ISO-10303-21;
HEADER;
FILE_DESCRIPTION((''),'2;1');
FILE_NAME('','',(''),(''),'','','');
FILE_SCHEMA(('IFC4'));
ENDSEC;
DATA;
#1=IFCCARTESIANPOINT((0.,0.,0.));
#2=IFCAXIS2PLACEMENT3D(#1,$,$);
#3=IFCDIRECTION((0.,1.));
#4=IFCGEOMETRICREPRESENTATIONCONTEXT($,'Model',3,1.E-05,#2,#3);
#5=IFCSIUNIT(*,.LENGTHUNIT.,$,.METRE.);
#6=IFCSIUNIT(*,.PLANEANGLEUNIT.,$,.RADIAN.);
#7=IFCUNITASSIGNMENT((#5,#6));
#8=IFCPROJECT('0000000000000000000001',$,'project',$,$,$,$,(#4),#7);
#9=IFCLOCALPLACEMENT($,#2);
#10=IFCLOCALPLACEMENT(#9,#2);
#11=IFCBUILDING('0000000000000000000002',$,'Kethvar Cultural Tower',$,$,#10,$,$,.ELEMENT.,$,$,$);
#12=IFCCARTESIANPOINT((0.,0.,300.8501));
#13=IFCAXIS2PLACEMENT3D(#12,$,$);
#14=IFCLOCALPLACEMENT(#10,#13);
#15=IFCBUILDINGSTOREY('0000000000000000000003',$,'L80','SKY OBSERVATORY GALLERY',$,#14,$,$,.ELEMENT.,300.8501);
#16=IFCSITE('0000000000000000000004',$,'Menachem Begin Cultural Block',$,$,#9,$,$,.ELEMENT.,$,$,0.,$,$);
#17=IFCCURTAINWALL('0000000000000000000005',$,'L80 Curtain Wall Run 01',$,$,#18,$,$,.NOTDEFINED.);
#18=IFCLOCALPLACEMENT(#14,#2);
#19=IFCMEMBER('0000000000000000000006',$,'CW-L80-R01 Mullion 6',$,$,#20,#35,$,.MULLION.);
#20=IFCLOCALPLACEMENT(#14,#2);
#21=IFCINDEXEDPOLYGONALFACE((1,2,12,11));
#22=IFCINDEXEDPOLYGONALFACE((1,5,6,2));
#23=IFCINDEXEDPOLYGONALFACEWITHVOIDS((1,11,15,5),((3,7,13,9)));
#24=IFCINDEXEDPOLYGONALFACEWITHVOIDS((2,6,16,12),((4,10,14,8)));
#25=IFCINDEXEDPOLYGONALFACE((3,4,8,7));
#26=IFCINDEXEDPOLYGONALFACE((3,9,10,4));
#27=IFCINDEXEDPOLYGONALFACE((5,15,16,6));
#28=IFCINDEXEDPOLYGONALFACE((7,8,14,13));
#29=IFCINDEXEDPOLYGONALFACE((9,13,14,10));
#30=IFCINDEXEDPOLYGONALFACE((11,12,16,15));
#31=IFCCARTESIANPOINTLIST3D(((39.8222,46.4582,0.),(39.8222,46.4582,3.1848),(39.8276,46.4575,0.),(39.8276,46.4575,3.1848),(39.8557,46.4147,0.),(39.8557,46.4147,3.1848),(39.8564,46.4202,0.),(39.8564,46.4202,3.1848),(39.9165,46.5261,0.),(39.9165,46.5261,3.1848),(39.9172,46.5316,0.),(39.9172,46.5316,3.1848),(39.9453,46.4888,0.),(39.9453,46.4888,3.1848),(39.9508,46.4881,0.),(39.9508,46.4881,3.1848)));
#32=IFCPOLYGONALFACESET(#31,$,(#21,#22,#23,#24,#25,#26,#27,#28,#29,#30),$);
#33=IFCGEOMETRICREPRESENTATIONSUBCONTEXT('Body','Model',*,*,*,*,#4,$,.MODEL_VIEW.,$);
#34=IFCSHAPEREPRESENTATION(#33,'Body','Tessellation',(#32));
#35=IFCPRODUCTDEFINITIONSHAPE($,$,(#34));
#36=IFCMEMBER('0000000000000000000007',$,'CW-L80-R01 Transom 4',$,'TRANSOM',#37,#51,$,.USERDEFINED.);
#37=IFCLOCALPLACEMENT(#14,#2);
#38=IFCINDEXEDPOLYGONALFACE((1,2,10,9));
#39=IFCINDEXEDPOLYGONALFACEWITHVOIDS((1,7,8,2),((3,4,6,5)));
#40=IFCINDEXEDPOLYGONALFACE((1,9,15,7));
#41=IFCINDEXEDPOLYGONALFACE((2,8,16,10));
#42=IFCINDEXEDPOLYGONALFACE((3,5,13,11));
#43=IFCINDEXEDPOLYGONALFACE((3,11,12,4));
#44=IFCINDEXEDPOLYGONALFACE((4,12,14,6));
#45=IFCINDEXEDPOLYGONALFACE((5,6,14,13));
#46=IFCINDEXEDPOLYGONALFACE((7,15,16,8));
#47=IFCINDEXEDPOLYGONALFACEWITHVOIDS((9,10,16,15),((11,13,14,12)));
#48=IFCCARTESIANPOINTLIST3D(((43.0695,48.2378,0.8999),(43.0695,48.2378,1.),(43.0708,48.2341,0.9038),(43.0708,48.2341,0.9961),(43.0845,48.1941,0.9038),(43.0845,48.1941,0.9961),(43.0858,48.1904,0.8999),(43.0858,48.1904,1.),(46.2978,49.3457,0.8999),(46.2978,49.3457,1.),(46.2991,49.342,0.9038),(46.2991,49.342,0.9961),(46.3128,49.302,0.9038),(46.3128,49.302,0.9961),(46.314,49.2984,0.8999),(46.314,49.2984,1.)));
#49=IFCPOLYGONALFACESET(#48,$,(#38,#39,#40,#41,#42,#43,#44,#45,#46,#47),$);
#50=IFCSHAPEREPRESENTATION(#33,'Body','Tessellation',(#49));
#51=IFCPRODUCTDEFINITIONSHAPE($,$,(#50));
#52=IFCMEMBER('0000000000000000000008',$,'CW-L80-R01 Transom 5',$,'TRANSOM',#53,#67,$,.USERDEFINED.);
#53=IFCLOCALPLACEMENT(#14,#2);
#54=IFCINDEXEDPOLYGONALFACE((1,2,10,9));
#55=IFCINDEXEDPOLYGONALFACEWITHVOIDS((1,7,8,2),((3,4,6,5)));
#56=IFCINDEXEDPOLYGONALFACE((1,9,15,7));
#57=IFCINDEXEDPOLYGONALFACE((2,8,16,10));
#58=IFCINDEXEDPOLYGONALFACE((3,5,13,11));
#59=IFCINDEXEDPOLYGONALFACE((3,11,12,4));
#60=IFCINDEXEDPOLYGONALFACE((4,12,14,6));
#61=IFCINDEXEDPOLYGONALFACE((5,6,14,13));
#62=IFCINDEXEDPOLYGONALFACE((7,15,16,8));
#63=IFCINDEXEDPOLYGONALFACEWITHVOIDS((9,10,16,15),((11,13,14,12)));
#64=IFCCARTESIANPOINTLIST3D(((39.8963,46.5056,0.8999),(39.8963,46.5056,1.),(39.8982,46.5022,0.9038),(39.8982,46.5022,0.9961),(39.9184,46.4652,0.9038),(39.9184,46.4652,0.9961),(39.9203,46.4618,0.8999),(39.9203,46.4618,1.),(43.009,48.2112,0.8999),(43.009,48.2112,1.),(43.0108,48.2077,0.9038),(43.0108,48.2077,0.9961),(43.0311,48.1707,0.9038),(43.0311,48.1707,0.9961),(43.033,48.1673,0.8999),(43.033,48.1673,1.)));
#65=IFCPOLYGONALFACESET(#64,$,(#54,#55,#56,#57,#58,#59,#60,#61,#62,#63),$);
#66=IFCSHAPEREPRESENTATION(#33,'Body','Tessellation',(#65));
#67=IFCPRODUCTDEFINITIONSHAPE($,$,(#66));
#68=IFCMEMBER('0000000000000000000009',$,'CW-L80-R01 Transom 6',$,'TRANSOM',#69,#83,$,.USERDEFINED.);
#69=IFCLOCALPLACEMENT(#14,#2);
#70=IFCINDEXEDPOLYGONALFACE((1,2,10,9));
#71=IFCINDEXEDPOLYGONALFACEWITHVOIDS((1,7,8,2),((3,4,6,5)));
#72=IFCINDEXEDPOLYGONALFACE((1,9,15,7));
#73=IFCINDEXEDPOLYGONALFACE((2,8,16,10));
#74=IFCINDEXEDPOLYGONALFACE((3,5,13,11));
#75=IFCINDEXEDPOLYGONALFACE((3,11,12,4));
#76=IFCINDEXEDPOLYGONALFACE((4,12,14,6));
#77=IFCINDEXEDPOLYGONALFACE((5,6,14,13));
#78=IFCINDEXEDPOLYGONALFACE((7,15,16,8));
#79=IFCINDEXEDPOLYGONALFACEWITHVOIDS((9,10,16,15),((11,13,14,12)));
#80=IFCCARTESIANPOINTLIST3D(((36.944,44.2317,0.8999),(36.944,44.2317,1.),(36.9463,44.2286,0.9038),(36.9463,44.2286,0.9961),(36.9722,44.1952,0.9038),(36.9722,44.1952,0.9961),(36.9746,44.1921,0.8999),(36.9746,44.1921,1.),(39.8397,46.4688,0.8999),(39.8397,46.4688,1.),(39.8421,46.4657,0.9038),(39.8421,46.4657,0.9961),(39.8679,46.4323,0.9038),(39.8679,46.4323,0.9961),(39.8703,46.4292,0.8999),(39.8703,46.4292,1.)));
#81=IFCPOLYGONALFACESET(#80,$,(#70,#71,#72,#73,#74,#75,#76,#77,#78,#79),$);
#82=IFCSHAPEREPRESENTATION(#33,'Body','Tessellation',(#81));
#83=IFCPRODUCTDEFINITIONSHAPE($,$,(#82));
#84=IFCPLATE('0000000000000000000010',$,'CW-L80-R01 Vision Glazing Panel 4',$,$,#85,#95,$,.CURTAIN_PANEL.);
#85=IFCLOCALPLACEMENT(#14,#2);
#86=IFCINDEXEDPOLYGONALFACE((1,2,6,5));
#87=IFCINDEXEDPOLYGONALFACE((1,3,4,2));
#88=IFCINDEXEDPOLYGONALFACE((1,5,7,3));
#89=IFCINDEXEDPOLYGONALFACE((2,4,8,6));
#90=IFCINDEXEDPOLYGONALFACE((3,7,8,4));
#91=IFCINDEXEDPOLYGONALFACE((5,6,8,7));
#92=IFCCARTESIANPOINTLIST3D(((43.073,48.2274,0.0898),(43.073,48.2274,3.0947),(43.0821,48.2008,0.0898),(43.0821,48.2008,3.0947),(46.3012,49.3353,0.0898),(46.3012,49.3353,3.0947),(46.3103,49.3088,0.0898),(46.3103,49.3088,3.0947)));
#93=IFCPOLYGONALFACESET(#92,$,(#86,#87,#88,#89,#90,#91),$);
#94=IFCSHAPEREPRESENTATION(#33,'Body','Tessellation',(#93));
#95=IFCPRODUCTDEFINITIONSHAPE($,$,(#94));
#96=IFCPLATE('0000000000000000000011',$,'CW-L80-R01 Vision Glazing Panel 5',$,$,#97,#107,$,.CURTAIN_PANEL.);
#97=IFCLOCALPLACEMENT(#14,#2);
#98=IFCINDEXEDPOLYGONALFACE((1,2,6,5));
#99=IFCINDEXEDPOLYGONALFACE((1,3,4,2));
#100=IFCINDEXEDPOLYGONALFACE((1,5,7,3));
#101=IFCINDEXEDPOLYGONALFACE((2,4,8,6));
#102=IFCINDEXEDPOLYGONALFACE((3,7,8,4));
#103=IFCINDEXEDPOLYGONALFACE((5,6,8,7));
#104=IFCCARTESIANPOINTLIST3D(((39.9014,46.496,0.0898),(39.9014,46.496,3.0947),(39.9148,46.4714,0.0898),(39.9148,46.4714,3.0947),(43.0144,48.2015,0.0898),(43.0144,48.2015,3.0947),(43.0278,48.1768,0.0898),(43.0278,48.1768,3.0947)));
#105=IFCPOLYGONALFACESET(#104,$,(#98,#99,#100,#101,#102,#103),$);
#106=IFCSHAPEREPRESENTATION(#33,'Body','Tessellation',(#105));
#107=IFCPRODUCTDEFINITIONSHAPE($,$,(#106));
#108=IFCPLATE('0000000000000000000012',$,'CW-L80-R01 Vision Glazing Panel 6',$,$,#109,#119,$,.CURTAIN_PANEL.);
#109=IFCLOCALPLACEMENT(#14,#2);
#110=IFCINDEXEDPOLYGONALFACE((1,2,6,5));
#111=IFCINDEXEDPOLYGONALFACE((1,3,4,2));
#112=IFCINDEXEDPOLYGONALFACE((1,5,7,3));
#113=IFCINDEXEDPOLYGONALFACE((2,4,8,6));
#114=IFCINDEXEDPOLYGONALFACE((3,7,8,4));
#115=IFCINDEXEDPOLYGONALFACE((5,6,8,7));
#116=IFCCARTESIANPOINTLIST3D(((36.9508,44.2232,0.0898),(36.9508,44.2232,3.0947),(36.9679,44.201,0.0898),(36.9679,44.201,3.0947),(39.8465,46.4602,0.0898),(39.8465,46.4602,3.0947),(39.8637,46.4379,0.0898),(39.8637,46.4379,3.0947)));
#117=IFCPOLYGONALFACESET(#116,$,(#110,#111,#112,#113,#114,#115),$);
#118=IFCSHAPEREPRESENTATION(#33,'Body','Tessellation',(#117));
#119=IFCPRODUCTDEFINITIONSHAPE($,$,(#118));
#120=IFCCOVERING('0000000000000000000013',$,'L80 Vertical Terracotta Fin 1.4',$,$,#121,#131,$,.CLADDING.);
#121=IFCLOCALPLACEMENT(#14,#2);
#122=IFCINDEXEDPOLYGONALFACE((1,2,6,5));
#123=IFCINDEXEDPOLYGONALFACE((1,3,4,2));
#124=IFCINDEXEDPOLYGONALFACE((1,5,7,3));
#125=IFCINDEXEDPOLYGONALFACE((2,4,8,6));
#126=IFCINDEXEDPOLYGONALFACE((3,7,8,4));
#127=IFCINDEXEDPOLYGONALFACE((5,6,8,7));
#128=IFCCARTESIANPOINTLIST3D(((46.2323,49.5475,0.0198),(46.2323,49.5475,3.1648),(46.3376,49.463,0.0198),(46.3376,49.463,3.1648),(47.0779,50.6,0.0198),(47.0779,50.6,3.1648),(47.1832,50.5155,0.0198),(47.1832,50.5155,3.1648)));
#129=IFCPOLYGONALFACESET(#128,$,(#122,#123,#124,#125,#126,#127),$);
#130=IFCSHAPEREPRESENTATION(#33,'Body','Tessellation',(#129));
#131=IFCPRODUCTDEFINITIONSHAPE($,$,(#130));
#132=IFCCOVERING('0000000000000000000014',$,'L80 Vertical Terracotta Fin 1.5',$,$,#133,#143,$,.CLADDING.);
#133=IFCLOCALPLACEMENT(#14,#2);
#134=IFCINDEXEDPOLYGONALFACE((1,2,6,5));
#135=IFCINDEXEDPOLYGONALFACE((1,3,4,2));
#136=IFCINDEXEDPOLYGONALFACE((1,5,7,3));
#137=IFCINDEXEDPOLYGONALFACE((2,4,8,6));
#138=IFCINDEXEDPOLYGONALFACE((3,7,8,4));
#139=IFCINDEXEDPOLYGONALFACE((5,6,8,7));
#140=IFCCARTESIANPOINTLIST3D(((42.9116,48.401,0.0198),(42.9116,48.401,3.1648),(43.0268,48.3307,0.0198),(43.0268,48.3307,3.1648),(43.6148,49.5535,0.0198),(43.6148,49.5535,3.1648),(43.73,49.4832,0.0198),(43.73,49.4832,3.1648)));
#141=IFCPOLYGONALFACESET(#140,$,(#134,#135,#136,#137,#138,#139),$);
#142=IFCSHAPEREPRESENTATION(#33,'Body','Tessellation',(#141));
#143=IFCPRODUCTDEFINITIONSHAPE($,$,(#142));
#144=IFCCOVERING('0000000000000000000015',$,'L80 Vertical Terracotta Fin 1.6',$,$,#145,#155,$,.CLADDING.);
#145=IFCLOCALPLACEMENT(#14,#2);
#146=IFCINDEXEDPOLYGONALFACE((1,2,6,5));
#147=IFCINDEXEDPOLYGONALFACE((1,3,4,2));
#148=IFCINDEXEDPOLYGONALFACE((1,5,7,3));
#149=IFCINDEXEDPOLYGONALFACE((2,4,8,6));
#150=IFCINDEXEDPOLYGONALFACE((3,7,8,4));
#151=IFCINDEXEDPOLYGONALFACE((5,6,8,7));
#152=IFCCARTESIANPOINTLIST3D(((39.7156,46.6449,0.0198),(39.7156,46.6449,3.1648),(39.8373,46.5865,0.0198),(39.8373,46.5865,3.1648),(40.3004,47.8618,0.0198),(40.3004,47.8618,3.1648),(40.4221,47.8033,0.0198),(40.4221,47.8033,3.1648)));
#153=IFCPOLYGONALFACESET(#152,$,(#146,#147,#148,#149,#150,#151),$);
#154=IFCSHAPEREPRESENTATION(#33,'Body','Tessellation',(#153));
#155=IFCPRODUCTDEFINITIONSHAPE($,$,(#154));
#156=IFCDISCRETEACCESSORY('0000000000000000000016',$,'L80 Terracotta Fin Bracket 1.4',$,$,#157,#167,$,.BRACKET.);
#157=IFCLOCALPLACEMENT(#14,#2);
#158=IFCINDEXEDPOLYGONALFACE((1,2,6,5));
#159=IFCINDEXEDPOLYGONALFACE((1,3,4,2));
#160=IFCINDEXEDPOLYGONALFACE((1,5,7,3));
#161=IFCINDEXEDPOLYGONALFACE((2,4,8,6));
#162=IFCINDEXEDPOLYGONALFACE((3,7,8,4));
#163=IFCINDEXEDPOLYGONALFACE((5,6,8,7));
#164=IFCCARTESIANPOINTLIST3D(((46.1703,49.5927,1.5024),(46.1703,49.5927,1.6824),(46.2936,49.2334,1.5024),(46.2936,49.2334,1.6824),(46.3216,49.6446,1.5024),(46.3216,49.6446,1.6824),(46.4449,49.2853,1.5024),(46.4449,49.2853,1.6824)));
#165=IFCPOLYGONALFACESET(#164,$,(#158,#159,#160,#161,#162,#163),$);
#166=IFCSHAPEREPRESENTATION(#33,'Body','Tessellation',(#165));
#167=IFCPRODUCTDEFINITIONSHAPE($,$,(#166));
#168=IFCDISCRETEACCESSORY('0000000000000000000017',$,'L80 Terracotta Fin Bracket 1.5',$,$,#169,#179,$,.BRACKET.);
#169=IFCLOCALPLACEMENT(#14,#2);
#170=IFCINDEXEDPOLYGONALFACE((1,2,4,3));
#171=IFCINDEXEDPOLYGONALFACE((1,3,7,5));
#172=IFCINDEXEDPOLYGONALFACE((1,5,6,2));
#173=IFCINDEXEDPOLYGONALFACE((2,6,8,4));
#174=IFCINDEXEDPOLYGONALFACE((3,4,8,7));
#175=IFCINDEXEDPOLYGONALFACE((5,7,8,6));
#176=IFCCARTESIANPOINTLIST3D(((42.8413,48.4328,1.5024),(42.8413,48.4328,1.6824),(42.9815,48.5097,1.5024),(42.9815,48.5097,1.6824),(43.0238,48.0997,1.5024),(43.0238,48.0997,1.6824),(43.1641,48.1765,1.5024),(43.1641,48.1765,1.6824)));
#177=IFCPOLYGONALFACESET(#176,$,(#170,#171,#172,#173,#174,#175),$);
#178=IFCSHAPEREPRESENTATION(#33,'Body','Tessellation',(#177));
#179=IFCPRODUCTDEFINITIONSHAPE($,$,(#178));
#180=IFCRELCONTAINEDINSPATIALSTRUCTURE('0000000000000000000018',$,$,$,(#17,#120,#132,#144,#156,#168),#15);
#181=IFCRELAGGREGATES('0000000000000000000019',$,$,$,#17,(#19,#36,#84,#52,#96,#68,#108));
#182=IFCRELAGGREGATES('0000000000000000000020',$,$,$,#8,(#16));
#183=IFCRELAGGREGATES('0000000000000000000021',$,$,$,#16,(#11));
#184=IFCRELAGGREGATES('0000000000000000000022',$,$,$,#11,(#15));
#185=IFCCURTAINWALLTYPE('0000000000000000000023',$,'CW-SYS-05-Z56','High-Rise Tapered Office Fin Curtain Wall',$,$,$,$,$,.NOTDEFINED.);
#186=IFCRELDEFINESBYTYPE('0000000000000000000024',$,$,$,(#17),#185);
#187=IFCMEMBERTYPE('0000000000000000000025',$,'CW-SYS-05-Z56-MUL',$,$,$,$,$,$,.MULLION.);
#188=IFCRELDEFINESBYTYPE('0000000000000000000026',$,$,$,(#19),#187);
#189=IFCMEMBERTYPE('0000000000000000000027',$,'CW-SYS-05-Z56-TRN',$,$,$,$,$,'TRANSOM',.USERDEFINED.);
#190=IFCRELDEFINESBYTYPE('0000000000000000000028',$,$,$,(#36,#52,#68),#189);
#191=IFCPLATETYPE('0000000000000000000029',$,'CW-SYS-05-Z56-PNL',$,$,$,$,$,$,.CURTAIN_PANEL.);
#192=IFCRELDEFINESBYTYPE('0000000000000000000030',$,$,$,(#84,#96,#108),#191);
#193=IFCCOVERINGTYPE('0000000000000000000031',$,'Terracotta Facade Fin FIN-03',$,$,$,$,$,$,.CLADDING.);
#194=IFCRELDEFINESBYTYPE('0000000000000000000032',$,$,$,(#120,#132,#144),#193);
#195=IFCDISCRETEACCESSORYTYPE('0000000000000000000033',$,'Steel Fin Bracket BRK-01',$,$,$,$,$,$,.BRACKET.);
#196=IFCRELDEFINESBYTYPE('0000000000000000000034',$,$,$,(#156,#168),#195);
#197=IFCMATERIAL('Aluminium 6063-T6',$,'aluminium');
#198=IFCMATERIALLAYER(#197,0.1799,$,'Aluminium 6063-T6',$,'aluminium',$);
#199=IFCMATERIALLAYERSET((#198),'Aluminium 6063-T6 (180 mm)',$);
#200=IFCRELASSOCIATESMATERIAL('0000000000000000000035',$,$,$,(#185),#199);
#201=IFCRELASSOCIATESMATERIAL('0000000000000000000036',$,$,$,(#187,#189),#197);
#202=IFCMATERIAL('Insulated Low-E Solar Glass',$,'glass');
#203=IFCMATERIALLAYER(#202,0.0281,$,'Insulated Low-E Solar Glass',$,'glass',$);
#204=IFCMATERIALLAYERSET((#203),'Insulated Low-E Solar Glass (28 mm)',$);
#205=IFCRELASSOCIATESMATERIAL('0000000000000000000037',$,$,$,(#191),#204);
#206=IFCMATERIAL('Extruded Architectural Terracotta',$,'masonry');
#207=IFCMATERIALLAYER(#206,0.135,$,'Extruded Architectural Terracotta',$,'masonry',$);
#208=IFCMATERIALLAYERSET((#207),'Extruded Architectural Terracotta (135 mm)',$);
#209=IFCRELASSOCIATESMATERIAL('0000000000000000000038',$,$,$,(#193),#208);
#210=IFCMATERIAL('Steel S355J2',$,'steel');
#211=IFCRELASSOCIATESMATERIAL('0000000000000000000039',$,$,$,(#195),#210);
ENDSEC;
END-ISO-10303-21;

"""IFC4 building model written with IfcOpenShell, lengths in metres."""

from ifc_helpers import new_model, si_unit, direction, frame, origin, origin_2d, place, context, subcontext, project, spatial, rectangle, hollow_rectangle, extrude, source, transform, mapped, material, layer, layer_set, material_profile, profile_set, type_object, element, aggregate, save


model = new_model("IFC4")

# Units and contexts
model_context = context("Model", 3, precision=1e-05, world=origin(), true_north=direction((0.0, 1.0)))
body_context = subcontext(model_context, "Body", "Model", "MODEL_VIEW")
ifc_project = project(units=[si_unit("LENGTHUNIT", "METRE"), si_unit("PLANEANGLEUNIT", "RADIAN")], contexts=[model_context])

# Site, building, storey
site_placement = place(None, origin())
site = spatial("IfcSite", under=ifc_project, at=site_placement, Name="Menachem Begin Cultural Block", CompositionType="ELEMENT", RefElevation=0.0)
building_placement = place(site_placement, origin())
building = spatial("IfcBuilding", under=site, at=building_placement, Name="Kethvar Cultural Tower", CompositionType="ELEMENT")
storey_placement = place(building_placement, frame((0.0, 0.0, 300.8501)))
storey = spatial("IfcBuildingStorey", under=building, at=storey_placement, Name="L80", Description="SKY OBSERVATORY GALLERY", CompositionType="ELEMENT", Elevation=300.8501)

# Shared definitions
ifc_material_1 = material(Name="Steel S355J2", Category="steel")

# Curtain wall, members, plates
ifc_material_2 = material(Name="Aluminium 6063-T6", Category="aluminium")
ifc_layer_1 = layer(ifc_material_2, 0.1799, Name="Aluminium 6063-T6", Category="aluminium")
ifc_layer_set_1 = layer_set([ifc_layer_1], Name="Aluminium 6063-T6 (180 mm)")
curtain_wall_type = type_object("IfcCurtainWallType", Name="CW-SYS-05-Z56", Description="High-Rise Tapered Office Fin Curtain Wall", PredefinedType="NOTDEFINED", material=ifc_layer_set_1)
curtain_wall_placement = place(storey_placement, origin())
curtain_wall = element("IfcCurtainWall", 1, at=curtain_wall_placement, inside=storey, type_object=curtain_wall_type, Name="L80 Curtain Wall Run 01", PredefinedType="NOTDEFINED")
ifc_material_profile_1 = material_profile(ifc_material_2, hollow_rectangle(XDim=0.0549, YDim=0.1201, WallThickness=0.0039, at=origin_2d()), Name="Aluminium 6063-T6 — RHS120x55x4")
ifc_profile_set_1 = profile_set([ifc_material_profile_1], Name="Aluminium 6063-T6 — RHS120x55x4")
member_type_1 = type_object("IfcMemberType", Name="CW-SYS-05-Z56-MUL", PredefinedType="MULLION", material=ifc_profile_set_1)
shared_shape_1 = source(origin(), body_context, "Body", "SweptSolid", [
    extrude(hollow_rectangle(XDim=0.0549, YDim=0.1201, WallThickness=0.0039, at=origin_2d()), origin(), (0.0, 0.0, 1.0), 3.1848),
])
member_1_placement = place(storey_placement, frame((39.8865, 46.4731, 0.0), z_axis=(0.0, 0.0, 1.0), x_axis=(0.611334, -0.791373, 0.0)))
member_1 = element("IfcMember", 2, at=member_1_placement, type_object=member_type_1, Name="CW-L80-R01 Mullion 6", PredefinedType="MULLION", context=body_context, shape_type="MappedRepresentation", body=[
    mapped(shared_shape_1, transform((0.0, 0.0, 0.0), scale=1.0)),
])
ifc_material_profile_2 = material_profile(ifc_material_2, hollow_rectangle(XDim=0.05, YDim=0.1001, WallThickness=0.0039, at=origin_2d()), Name="Aluminium 6063-T6 — RHS100x50x4")
ifc_profile_set_2 = profile_set([ifc_material_profile_2], Name="Aluminium 6063-T6 — RHS100x50x4")
member_type_2 = type_object("IfcMemberType", Name="CW-SYS-05-Z56-TRN", ElementType="TRANSOM", PredefinedType="USERDEFINED", material=ifc_profile_set_2)
shared_shape_2 = source(origin(), body_context, "Body", "SweptSolid", [
    extrude(hollow_rectangle(XDim=0.05, YDim=0.1001, WallThickness=0.0039, at=origin_2d()), origin(), (0.0, 0.0, 1.0), 3.4131),
])
member_2_placement = place(storey_placement, frame((46.3059, 49.322, 0.95), z_axis=(-0.945849, -0.324606, 0.0), x_axis=(0.324606, -0.945849, 0.0)))
member_2 = element("IfcMember", 3, at=member_2_placement, type_object=member_type_2, Name="CW-L80-R01 Transom 4", ObjectType="TRANSOM", PredefinedType="USERDEFINED", context=body_context, shape_type="MappedRepresentation", body=[
    mapped(shared_shape_2, transform((0.0, 0.0, 0.0), scale=1.0)),
])
shared_shape_3 = source(origin(), body_context, "Body", "SweptSolid", [
    extrude(hollow_rectangle(XDim=0.05, YDim=0.1001, WallThickness=0.0039, at=origin_2d()), origin(), (0.0, 0.0, 1.0), 3.5493),
])
member_3_placement = place(storey_placement, frame((43.021, 48.1892, 0.95), z_axis=(-0.876984, -0.480519, 0.0), x_axis=(0.480519, -0.876984, 0.0)))
member_3 = element("IfcMember", 4, at=member_3_placement, type_object=member_type_2, Name="CW-L80-R01 Transom 5", ObjectType="TRANSOM", PredefinedType="USERDEFINED", context=body_context, shape_type="MappedRepresentation", body=[
    mapped(shared_shape_3, transform((0.0, 0.0, 0.0), scale=1.0)),
])
shared_shape_4 = source(origin(), body_context, "Body", "SweptSolid", [
    extrude(hollow_rectangle(XDim=0.05, YDim=0.1001, WallThickness=0.0039, at=origin_2d()), origin(), (0.0, 0.0, 1.0), 3.6592),
])
member_4_placement = place(storey_placement, frame((39.855, 46.449, 0.95), z_axis=(-0.79136, -0.611351, 0.0), x_axis=(0.611351, -0.79136, 0.0)))
member_4 = element("IfcMember", 5, at=member_4_placement, type_object=member_type_2, Name="CW-L80-R01 Transom 6", ObjectType="TRANSOM", PredefinedType="USERDEFINED", context=body_context, shape_type="MappedRepresentation", body=[
    mapped(shared_shape_4, transform((0.0, 0.0, 0.0), scale=1.0)),
])
ifc_material_3 = material(Name="Insulated Low-E Solar Glass", Category="glass")
ifc_layer_2 = layer(ifc_material_3, 0.0281, Name="Insulated Low-E Solar Glass", Category="glass")
ifc_layer_set_2 = layer_set([ifc_layer_2], Name="Insulated Low-E Solar Glass (28 mm)")
plate_type = type_object("IfcPlateType", Name="CW-SYS-05-Z56-PNL", PredefinedType="CURTAIN_PANEL", material=ifc_layer_set_2)
shared_shape_5 = source(origin(), body_context, "Body", "SweptSolid", [
    extrude(rectangle(XDim=3.4131, YDim=0.0281, at=origin_2d()), origin(), (0.0, 0.0, 1.0), 3.0049),
])
plate_1_placement = place(storey_placement, frame((44.6917, 48.7681, 0.0898), z_axis=(0.0, 0.0, 1.0), x_axis=(-0.945842, -0.324627, 0.0)))
plate_1 = element("IfcPlate", 6, at=plate_1_placement, type_object=plate_type, Name="CW-L80-R01 Vision Glazing Panel 4", PredefinedType="CURTAIN_PANEL", context=body_context, shape_type="MappedRepresentation", body=[
    mapped(shared_shape_5, transform((0.0, 0.0, 0.0), scale=1.0)),
])
shared_shape_6 = source(origin(), body_context, "Body", "SweptSolid", [
    extrude(rectangle(XDim=3.5496, YDim=0.0281, at=origin_2d()), origin(), (0.0, 0.0, 1.0), 3.0049),
])
plate_2_placement = place(storey_placement, frame((41.4646, 47.3364, 0.0898), z_axis=(0.0, 0.0, 1.0), x_axis=(-0.877012, -0.480468, 0.0)))
plate_2 = element("IfcPlate", 7, at=plate_2_placement, type_object=plate_type, Name="CW-L80-R01 Vision Glazing Panel 5", PredefinedType="CURTAIN_PANEL", context=body_context, shape_type="MappedRepresentation", body=[
    mapped(shared_shape_6, transform((0.0, 0.0, 0.0), scale=1.0)),
])
shared_shape_7 = source(origin(), body_context, "Body", "SweptSolid", [
    extrude(rectangle(XDim=3.6592, YDim=0.0281, at=origin_2d()), origin(), (0.0, 0.0, 1.0), 3.0049),
])
plate_3_placement = place(storey_placement, frame((38.4072, 45.3306, 0.0898), z_axis=(0.0, 0.0, 1.0), x_axis=(-0.791373, -0.611334, 0.0)))
plate_3 = element("IfcPlate", 8, at=plate_3_placement, type_object=plate_type, Name="CW-L80-R01 Vision Glazing Panel 6", PredefinedType="CURTAIN_PANEL", context=body_context, shape_type="MappedRepresentation", body=[
    mapped(shared_shape_7, transform((0.0, 0.0, 0.0), scale=1.0)),
])
aggregate(curtain_wall, [member_1, member_2, plate_1, member_3, plate_2, member_4, plate_3])

# Coverings
ifc_material_4 = material(Name="Extruded Architectural Terracotta", Category="masonry")
ifc_layer_3 = layer(ifc_material_4, 0.135, Name="Extruded Architectural Terracotta", Category="masonry")
ifc_layer_set_3 = layer_set([ifc_layer_3], Name="Extruded Architectural Terracotta (135 mm)")
covering_type = type_object("IfcCoveringType", Name="Terracotta Facade Fin FIN-03", PredefinedType="CLADDING", material=ifc_layer_set_3)
shared_shape_8 = source(origin(), body_context, "Body", "SweptSolid", [
    extrude(rectangle(XDim=1.3501, YDim=0.135, at=origin_2d()), origin(), (0.0, 0.0, 1.0), 3.145),
])
for number, where, z_axis, x_axis, name in (
    (9, (46.7078, 50.0315, 0.0198), (0.0, 0.0, 1.0), (0.626332, 0.779557, 0.0), "L80 Vertical Terracotta Fin 1.4"),
    (10, (43.3208, 48.9421, 0.0198), (0.0, 0.0, 1.0), (0.520861, 0.853642, 0.0), "L80 Vertical Terracotta Fin 1.5"),
    (11, (40.0688, 47.2241, 0.0198), (0.0, 0.0, 1.0), (0.433187, 0.901304, 0.0), "L80 Vertical Terracotta Fin 1.6"),
):
    element("IfcCovering", number, at=place(storey_placement, frame(where, z_axis=z_axis, x_axis=x_axis)), inside=storey, type_object=covering_type, Name=name, PredefinedType="CLADDING", context=body_context, shape_type="MappedRepresentation", body=[
        mapped(shared_shape_8, transform((0.0, 0.0, 0.0), scale=1.0)),
    ])

# Discrete accessories
discrete_accessory_type = type_object("IfcDiscreteAccessoryType", Name="Steel Fin Bracket BRK-01", PredefinedType="BRACKET", material=ifc_material_1)
shared_shape_9 = source(origin(), body_context, "Body", "SweptSolid", [
    extrude(rectangle(XDim=0.3799, YDim=0.1599, at=origin_2d()), origin(), (0.0, 0.0, 1.0), 0.1799),
])
for number, where, z_axis, x_axis, name in (
    (12, (46.3076, 49.439, 1.5024), (0.0, 0.0, 1.0), (-0.324578, 0.945859, 0.0), "L80 Terracotta Fin Bracket 1.4"),
    (13, (43.0027, 48.3047, 1.5024), (0.0, 0.0, 1.0), (-0.48053, 0.876978, 0.0), "L80 Terracotta Fin Bracket 1.5"),
):
    element("IfcDiscreteAccessory", number, at=place(storey_placement, frame(where, z_axis=z_axis, x_axis=x_axis)), inside=storey, type_object=discrete_accessory_type, Name=name, PredefinedType="BRACKET", context=body_context, shape_type="MappedRepresentation", body=[
        mapped(shared_shape_9, transform((0.0, 0.0, 0.0), scale=1.0)),
    ])

save(model, "model.ifc")
